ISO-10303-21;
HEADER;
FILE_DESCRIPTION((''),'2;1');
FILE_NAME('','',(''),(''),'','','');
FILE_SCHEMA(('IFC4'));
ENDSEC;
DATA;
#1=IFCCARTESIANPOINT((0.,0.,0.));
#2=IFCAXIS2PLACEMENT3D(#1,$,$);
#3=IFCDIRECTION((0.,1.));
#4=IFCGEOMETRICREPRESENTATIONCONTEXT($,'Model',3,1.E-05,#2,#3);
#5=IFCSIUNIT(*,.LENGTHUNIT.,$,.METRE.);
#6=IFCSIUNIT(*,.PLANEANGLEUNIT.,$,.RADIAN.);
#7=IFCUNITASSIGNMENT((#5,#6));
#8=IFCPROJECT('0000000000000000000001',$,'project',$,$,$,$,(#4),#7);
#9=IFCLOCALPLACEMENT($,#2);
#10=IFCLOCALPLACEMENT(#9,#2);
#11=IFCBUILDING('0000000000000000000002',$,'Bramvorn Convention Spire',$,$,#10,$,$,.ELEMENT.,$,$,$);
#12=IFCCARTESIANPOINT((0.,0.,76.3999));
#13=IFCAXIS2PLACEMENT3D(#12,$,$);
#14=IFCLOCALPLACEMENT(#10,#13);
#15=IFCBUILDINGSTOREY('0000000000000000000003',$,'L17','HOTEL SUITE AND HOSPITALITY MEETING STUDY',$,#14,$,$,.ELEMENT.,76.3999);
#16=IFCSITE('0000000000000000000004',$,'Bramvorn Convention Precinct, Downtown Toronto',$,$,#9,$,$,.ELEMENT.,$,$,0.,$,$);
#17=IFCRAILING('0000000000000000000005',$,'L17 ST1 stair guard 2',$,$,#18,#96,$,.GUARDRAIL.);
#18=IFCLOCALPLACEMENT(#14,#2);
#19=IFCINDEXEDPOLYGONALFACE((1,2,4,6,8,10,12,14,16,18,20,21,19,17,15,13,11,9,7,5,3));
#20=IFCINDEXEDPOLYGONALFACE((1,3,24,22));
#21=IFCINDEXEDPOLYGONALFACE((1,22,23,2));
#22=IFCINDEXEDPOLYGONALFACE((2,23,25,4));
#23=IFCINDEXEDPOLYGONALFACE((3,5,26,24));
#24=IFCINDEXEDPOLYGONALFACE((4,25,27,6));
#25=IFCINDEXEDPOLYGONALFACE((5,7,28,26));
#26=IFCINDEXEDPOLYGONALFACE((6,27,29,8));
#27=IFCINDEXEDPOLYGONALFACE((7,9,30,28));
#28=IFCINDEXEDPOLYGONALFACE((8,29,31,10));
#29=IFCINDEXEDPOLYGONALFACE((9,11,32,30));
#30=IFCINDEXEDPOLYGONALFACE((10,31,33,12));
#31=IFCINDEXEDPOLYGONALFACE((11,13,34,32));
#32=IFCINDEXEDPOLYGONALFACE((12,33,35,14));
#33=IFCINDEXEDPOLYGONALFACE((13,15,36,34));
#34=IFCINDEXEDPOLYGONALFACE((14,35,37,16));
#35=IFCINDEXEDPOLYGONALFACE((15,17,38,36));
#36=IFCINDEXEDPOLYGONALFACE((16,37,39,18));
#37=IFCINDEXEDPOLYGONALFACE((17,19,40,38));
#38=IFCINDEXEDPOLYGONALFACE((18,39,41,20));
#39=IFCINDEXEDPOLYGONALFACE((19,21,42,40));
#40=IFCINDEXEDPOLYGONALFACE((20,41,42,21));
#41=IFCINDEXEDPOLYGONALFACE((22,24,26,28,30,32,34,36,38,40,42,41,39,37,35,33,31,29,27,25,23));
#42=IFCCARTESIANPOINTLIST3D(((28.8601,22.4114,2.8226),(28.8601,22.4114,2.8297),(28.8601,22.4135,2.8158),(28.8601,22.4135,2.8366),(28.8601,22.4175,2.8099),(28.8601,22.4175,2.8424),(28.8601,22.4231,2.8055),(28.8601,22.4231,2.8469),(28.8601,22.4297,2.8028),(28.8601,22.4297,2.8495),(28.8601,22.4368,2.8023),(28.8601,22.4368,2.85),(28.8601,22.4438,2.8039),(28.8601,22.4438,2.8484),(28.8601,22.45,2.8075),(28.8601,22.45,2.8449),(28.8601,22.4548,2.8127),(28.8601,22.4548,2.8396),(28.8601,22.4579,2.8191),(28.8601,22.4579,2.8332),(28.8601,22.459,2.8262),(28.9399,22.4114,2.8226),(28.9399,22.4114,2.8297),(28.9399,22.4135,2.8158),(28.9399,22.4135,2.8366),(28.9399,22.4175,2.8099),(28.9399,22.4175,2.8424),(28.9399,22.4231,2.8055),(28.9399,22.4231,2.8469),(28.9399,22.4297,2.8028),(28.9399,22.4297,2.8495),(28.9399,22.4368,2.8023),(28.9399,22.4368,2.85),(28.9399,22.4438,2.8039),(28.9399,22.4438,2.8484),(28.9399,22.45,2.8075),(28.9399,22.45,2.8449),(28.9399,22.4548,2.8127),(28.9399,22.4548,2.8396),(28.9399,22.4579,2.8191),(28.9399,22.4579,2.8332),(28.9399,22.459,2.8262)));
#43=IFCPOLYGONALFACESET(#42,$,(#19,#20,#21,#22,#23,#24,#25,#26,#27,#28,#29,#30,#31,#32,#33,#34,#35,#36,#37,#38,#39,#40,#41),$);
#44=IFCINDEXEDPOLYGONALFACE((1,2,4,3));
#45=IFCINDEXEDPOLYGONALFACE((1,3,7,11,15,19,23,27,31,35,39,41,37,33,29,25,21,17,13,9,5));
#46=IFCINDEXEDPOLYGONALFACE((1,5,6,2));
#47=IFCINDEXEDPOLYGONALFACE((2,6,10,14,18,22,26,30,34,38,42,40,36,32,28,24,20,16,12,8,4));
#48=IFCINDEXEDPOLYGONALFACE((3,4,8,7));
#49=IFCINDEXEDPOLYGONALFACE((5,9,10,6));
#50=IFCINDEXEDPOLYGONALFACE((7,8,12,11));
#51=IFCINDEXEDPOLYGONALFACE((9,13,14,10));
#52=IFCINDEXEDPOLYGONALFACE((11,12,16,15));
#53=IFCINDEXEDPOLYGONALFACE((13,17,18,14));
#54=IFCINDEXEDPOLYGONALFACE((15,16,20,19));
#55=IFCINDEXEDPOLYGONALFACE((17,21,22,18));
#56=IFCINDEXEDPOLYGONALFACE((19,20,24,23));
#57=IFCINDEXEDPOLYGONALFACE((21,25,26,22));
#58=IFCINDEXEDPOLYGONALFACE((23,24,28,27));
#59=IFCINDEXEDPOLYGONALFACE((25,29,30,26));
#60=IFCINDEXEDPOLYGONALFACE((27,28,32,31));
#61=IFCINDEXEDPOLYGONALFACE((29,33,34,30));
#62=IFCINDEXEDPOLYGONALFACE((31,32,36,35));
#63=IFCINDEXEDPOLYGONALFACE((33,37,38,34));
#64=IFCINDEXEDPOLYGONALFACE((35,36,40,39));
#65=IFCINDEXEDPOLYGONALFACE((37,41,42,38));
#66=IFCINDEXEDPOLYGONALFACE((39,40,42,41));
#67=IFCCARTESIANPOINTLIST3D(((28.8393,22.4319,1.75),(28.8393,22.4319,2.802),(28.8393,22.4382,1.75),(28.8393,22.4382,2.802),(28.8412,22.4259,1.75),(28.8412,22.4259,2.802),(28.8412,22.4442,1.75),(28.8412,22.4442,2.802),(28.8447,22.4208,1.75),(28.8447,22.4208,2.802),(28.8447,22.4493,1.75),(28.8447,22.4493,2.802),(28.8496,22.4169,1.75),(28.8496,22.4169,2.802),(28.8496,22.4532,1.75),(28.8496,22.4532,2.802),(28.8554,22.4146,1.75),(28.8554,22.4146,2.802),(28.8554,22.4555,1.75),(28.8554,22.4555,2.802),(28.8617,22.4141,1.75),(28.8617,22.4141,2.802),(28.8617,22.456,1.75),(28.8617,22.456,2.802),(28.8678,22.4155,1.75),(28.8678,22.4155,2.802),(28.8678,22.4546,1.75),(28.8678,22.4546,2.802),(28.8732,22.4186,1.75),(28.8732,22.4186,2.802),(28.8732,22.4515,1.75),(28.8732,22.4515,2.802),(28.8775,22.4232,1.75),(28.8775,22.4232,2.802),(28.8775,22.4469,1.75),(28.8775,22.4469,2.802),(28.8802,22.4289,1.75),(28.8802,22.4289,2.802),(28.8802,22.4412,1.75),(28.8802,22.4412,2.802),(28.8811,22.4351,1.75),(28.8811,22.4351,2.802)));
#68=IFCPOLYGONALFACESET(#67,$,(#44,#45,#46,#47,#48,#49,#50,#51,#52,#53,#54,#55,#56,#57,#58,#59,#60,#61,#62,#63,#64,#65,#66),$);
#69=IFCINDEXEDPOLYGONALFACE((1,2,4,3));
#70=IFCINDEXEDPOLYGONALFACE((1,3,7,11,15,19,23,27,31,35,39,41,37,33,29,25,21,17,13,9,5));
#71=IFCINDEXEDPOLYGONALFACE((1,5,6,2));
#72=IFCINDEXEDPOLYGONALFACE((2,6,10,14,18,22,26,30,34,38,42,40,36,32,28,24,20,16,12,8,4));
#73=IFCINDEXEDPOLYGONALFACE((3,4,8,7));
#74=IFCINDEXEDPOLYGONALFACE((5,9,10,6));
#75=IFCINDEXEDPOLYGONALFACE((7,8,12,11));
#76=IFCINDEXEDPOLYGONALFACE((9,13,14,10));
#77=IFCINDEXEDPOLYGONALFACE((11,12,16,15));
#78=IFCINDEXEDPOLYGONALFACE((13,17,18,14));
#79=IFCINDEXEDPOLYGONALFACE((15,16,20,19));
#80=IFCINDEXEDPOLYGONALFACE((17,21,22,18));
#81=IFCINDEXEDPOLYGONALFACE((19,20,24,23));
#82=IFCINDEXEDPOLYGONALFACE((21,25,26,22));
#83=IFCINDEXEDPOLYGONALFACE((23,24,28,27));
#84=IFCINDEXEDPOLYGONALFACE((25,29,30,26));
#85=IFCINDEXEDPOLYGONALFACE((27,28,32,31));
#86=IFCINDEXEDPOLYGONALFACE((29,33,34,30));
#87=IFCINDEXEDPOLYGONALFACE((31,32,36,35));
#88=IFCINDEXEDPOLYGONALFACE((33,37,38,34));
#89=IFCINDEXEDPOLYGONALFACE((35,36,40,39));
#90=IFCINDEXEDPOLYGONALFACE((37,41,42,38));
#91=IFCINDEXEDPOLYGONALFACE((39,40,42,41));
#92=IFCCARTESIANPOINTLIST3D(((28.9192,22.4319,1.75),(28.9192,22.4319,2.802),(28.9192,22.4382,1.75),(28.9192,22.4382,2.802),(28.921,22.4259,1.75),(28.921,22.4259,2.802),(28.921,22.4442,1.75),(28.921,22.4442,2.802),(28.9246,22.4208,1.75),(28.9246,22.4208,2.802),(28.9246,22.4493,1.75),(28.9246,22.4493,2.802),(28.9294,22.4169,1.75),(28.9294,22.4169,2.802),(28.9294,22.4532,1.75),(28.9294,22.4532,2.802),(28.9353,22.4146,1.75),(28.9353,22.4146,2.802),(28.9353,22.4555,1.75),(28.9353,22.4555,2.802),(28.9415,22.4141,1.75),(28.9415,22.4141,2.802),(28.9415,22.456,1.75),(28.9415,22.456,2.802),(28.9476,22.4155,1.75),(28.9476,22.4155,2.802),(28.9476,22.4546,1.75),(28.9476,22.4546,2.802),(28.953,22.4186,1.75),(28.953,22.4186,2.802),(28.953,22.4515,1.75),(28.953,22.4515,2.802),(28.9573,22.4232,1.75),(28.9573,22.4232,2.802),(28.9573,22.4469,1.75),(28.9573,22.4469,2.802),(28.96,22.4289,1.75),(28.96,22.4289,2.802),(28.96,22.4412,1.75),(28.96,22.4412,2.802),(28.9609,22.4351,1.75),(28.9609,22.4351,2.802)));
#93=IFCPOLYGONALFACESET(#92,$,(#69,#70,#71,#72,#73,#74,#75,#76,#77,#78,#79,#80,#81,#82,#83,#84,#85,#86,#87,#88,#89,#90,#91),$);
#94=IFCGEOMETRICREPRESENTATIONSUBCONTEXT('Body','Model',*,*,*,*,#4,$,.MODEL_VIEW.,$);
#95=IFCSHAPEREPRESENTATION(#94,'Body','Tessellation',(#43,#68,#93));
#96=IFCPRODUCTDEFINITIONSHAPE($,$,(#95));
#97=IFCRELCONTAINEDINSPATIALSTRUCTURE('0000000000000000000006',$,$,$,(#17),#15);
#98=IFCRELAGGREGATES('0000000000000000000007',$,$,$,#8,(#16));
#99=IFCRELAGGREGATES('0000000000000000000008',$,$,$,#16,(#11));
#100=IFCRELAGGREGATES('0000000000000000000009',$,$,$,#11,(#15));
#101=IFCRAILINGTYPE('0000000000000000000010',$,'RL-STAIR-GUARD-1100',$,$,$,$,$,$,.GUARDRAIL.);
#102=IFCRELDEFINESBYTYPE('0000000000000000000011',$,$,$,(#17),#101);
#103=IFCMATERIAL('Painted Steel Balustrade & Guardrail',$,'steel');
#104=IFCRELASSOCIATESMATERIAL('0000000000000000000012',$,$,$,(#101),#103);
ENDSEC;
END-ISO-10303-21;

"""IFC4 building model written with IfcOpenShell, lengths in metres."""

from ifc_helpers import new_model, si_unit, direction, frame, origin, origin_2d, place, context, subcontext, project, spatial, circle, extrude, material, type_object, element, save


model = new_model("IFC4")

# Units and contexts
model_context = context("Model", 3, precision=1e-05, world=origin(), true_north=direction((0.0, 1.0)))
body_context = subcontext(model_context, "Body", "Model", "MODEL_VIEW")
ifc_project = project(units=[si_unit("LENGTHUNIT", "METRE"), si_unit("PLANEANGLEUNIT", "RADIAN")], contexts=[model_context])

# Site, building, storey
site_placement = place(None, origin())
site = spatial("IfcSite", under=ifc_project, at=site_placement, Name="Bramvorn Convention Precinct, Downtown Toronto", CompositionType="ELEMENT", RefElevation=0.0)
building_placement = place(site_placement, origin())
building = spatial("IfcBuilding", under=site, at=building_placement, Name="Bramvorn Convention Spire", CompositionType="ELEMENT")
storey_placement = place(building_placement, frame((0.0, 0.0, 76.3999)))
storey = spatial("IfcBuildingStorey", under=building, at=storey_placement, Name="L17", Description="HOTEL SUITE AND HOSPITALITY MEETING STUDY", CompositionType="ELEMENT", Elevation=76.3999)

# Railing
ifc_material_1 = material(Name="Painted Steel Balustrade & Guardrail", Category="steel")
railing_type_1 = type_object("IfcRailingType", Name="RL-STAIR-GUARD-1100", PredefinedType="GUARDRAIL", material=ifc_material_1)
railing_1_placement = place(storey_placement, frame((28.8601, 22.4351, 1.75)))
element("IfcRailing", 1, at=railing_1_placement, inside=storey, type_object=railing_type_1, Name="L17 ST1 stair guard 2", PredefinedType="GUARDRAIL", context=body_context, shape_type="SweptSolid", body=[
    extrude(circle(Radius=0.0239, at=origin_2d()), frame((0.0, 0.0, 1.0762), z_axis=(1.0, 0.0, 0.0), x_axis=(0.0, 1.0, 0.0)), (0.0, 0.0, 1.0), 0.0798),
    extrude(circle(Radius=0.021, at=origin_2d()), origin(), (0.0, 0.0, 1.0), 1.052),
    extrude(circle(Radius=0.021, at=origin_2d()), frame((0.0798, 0.0, 0.0)), (0.0, 0.0, 1.0), 1.052),
])

save(model, "model.ifc")
